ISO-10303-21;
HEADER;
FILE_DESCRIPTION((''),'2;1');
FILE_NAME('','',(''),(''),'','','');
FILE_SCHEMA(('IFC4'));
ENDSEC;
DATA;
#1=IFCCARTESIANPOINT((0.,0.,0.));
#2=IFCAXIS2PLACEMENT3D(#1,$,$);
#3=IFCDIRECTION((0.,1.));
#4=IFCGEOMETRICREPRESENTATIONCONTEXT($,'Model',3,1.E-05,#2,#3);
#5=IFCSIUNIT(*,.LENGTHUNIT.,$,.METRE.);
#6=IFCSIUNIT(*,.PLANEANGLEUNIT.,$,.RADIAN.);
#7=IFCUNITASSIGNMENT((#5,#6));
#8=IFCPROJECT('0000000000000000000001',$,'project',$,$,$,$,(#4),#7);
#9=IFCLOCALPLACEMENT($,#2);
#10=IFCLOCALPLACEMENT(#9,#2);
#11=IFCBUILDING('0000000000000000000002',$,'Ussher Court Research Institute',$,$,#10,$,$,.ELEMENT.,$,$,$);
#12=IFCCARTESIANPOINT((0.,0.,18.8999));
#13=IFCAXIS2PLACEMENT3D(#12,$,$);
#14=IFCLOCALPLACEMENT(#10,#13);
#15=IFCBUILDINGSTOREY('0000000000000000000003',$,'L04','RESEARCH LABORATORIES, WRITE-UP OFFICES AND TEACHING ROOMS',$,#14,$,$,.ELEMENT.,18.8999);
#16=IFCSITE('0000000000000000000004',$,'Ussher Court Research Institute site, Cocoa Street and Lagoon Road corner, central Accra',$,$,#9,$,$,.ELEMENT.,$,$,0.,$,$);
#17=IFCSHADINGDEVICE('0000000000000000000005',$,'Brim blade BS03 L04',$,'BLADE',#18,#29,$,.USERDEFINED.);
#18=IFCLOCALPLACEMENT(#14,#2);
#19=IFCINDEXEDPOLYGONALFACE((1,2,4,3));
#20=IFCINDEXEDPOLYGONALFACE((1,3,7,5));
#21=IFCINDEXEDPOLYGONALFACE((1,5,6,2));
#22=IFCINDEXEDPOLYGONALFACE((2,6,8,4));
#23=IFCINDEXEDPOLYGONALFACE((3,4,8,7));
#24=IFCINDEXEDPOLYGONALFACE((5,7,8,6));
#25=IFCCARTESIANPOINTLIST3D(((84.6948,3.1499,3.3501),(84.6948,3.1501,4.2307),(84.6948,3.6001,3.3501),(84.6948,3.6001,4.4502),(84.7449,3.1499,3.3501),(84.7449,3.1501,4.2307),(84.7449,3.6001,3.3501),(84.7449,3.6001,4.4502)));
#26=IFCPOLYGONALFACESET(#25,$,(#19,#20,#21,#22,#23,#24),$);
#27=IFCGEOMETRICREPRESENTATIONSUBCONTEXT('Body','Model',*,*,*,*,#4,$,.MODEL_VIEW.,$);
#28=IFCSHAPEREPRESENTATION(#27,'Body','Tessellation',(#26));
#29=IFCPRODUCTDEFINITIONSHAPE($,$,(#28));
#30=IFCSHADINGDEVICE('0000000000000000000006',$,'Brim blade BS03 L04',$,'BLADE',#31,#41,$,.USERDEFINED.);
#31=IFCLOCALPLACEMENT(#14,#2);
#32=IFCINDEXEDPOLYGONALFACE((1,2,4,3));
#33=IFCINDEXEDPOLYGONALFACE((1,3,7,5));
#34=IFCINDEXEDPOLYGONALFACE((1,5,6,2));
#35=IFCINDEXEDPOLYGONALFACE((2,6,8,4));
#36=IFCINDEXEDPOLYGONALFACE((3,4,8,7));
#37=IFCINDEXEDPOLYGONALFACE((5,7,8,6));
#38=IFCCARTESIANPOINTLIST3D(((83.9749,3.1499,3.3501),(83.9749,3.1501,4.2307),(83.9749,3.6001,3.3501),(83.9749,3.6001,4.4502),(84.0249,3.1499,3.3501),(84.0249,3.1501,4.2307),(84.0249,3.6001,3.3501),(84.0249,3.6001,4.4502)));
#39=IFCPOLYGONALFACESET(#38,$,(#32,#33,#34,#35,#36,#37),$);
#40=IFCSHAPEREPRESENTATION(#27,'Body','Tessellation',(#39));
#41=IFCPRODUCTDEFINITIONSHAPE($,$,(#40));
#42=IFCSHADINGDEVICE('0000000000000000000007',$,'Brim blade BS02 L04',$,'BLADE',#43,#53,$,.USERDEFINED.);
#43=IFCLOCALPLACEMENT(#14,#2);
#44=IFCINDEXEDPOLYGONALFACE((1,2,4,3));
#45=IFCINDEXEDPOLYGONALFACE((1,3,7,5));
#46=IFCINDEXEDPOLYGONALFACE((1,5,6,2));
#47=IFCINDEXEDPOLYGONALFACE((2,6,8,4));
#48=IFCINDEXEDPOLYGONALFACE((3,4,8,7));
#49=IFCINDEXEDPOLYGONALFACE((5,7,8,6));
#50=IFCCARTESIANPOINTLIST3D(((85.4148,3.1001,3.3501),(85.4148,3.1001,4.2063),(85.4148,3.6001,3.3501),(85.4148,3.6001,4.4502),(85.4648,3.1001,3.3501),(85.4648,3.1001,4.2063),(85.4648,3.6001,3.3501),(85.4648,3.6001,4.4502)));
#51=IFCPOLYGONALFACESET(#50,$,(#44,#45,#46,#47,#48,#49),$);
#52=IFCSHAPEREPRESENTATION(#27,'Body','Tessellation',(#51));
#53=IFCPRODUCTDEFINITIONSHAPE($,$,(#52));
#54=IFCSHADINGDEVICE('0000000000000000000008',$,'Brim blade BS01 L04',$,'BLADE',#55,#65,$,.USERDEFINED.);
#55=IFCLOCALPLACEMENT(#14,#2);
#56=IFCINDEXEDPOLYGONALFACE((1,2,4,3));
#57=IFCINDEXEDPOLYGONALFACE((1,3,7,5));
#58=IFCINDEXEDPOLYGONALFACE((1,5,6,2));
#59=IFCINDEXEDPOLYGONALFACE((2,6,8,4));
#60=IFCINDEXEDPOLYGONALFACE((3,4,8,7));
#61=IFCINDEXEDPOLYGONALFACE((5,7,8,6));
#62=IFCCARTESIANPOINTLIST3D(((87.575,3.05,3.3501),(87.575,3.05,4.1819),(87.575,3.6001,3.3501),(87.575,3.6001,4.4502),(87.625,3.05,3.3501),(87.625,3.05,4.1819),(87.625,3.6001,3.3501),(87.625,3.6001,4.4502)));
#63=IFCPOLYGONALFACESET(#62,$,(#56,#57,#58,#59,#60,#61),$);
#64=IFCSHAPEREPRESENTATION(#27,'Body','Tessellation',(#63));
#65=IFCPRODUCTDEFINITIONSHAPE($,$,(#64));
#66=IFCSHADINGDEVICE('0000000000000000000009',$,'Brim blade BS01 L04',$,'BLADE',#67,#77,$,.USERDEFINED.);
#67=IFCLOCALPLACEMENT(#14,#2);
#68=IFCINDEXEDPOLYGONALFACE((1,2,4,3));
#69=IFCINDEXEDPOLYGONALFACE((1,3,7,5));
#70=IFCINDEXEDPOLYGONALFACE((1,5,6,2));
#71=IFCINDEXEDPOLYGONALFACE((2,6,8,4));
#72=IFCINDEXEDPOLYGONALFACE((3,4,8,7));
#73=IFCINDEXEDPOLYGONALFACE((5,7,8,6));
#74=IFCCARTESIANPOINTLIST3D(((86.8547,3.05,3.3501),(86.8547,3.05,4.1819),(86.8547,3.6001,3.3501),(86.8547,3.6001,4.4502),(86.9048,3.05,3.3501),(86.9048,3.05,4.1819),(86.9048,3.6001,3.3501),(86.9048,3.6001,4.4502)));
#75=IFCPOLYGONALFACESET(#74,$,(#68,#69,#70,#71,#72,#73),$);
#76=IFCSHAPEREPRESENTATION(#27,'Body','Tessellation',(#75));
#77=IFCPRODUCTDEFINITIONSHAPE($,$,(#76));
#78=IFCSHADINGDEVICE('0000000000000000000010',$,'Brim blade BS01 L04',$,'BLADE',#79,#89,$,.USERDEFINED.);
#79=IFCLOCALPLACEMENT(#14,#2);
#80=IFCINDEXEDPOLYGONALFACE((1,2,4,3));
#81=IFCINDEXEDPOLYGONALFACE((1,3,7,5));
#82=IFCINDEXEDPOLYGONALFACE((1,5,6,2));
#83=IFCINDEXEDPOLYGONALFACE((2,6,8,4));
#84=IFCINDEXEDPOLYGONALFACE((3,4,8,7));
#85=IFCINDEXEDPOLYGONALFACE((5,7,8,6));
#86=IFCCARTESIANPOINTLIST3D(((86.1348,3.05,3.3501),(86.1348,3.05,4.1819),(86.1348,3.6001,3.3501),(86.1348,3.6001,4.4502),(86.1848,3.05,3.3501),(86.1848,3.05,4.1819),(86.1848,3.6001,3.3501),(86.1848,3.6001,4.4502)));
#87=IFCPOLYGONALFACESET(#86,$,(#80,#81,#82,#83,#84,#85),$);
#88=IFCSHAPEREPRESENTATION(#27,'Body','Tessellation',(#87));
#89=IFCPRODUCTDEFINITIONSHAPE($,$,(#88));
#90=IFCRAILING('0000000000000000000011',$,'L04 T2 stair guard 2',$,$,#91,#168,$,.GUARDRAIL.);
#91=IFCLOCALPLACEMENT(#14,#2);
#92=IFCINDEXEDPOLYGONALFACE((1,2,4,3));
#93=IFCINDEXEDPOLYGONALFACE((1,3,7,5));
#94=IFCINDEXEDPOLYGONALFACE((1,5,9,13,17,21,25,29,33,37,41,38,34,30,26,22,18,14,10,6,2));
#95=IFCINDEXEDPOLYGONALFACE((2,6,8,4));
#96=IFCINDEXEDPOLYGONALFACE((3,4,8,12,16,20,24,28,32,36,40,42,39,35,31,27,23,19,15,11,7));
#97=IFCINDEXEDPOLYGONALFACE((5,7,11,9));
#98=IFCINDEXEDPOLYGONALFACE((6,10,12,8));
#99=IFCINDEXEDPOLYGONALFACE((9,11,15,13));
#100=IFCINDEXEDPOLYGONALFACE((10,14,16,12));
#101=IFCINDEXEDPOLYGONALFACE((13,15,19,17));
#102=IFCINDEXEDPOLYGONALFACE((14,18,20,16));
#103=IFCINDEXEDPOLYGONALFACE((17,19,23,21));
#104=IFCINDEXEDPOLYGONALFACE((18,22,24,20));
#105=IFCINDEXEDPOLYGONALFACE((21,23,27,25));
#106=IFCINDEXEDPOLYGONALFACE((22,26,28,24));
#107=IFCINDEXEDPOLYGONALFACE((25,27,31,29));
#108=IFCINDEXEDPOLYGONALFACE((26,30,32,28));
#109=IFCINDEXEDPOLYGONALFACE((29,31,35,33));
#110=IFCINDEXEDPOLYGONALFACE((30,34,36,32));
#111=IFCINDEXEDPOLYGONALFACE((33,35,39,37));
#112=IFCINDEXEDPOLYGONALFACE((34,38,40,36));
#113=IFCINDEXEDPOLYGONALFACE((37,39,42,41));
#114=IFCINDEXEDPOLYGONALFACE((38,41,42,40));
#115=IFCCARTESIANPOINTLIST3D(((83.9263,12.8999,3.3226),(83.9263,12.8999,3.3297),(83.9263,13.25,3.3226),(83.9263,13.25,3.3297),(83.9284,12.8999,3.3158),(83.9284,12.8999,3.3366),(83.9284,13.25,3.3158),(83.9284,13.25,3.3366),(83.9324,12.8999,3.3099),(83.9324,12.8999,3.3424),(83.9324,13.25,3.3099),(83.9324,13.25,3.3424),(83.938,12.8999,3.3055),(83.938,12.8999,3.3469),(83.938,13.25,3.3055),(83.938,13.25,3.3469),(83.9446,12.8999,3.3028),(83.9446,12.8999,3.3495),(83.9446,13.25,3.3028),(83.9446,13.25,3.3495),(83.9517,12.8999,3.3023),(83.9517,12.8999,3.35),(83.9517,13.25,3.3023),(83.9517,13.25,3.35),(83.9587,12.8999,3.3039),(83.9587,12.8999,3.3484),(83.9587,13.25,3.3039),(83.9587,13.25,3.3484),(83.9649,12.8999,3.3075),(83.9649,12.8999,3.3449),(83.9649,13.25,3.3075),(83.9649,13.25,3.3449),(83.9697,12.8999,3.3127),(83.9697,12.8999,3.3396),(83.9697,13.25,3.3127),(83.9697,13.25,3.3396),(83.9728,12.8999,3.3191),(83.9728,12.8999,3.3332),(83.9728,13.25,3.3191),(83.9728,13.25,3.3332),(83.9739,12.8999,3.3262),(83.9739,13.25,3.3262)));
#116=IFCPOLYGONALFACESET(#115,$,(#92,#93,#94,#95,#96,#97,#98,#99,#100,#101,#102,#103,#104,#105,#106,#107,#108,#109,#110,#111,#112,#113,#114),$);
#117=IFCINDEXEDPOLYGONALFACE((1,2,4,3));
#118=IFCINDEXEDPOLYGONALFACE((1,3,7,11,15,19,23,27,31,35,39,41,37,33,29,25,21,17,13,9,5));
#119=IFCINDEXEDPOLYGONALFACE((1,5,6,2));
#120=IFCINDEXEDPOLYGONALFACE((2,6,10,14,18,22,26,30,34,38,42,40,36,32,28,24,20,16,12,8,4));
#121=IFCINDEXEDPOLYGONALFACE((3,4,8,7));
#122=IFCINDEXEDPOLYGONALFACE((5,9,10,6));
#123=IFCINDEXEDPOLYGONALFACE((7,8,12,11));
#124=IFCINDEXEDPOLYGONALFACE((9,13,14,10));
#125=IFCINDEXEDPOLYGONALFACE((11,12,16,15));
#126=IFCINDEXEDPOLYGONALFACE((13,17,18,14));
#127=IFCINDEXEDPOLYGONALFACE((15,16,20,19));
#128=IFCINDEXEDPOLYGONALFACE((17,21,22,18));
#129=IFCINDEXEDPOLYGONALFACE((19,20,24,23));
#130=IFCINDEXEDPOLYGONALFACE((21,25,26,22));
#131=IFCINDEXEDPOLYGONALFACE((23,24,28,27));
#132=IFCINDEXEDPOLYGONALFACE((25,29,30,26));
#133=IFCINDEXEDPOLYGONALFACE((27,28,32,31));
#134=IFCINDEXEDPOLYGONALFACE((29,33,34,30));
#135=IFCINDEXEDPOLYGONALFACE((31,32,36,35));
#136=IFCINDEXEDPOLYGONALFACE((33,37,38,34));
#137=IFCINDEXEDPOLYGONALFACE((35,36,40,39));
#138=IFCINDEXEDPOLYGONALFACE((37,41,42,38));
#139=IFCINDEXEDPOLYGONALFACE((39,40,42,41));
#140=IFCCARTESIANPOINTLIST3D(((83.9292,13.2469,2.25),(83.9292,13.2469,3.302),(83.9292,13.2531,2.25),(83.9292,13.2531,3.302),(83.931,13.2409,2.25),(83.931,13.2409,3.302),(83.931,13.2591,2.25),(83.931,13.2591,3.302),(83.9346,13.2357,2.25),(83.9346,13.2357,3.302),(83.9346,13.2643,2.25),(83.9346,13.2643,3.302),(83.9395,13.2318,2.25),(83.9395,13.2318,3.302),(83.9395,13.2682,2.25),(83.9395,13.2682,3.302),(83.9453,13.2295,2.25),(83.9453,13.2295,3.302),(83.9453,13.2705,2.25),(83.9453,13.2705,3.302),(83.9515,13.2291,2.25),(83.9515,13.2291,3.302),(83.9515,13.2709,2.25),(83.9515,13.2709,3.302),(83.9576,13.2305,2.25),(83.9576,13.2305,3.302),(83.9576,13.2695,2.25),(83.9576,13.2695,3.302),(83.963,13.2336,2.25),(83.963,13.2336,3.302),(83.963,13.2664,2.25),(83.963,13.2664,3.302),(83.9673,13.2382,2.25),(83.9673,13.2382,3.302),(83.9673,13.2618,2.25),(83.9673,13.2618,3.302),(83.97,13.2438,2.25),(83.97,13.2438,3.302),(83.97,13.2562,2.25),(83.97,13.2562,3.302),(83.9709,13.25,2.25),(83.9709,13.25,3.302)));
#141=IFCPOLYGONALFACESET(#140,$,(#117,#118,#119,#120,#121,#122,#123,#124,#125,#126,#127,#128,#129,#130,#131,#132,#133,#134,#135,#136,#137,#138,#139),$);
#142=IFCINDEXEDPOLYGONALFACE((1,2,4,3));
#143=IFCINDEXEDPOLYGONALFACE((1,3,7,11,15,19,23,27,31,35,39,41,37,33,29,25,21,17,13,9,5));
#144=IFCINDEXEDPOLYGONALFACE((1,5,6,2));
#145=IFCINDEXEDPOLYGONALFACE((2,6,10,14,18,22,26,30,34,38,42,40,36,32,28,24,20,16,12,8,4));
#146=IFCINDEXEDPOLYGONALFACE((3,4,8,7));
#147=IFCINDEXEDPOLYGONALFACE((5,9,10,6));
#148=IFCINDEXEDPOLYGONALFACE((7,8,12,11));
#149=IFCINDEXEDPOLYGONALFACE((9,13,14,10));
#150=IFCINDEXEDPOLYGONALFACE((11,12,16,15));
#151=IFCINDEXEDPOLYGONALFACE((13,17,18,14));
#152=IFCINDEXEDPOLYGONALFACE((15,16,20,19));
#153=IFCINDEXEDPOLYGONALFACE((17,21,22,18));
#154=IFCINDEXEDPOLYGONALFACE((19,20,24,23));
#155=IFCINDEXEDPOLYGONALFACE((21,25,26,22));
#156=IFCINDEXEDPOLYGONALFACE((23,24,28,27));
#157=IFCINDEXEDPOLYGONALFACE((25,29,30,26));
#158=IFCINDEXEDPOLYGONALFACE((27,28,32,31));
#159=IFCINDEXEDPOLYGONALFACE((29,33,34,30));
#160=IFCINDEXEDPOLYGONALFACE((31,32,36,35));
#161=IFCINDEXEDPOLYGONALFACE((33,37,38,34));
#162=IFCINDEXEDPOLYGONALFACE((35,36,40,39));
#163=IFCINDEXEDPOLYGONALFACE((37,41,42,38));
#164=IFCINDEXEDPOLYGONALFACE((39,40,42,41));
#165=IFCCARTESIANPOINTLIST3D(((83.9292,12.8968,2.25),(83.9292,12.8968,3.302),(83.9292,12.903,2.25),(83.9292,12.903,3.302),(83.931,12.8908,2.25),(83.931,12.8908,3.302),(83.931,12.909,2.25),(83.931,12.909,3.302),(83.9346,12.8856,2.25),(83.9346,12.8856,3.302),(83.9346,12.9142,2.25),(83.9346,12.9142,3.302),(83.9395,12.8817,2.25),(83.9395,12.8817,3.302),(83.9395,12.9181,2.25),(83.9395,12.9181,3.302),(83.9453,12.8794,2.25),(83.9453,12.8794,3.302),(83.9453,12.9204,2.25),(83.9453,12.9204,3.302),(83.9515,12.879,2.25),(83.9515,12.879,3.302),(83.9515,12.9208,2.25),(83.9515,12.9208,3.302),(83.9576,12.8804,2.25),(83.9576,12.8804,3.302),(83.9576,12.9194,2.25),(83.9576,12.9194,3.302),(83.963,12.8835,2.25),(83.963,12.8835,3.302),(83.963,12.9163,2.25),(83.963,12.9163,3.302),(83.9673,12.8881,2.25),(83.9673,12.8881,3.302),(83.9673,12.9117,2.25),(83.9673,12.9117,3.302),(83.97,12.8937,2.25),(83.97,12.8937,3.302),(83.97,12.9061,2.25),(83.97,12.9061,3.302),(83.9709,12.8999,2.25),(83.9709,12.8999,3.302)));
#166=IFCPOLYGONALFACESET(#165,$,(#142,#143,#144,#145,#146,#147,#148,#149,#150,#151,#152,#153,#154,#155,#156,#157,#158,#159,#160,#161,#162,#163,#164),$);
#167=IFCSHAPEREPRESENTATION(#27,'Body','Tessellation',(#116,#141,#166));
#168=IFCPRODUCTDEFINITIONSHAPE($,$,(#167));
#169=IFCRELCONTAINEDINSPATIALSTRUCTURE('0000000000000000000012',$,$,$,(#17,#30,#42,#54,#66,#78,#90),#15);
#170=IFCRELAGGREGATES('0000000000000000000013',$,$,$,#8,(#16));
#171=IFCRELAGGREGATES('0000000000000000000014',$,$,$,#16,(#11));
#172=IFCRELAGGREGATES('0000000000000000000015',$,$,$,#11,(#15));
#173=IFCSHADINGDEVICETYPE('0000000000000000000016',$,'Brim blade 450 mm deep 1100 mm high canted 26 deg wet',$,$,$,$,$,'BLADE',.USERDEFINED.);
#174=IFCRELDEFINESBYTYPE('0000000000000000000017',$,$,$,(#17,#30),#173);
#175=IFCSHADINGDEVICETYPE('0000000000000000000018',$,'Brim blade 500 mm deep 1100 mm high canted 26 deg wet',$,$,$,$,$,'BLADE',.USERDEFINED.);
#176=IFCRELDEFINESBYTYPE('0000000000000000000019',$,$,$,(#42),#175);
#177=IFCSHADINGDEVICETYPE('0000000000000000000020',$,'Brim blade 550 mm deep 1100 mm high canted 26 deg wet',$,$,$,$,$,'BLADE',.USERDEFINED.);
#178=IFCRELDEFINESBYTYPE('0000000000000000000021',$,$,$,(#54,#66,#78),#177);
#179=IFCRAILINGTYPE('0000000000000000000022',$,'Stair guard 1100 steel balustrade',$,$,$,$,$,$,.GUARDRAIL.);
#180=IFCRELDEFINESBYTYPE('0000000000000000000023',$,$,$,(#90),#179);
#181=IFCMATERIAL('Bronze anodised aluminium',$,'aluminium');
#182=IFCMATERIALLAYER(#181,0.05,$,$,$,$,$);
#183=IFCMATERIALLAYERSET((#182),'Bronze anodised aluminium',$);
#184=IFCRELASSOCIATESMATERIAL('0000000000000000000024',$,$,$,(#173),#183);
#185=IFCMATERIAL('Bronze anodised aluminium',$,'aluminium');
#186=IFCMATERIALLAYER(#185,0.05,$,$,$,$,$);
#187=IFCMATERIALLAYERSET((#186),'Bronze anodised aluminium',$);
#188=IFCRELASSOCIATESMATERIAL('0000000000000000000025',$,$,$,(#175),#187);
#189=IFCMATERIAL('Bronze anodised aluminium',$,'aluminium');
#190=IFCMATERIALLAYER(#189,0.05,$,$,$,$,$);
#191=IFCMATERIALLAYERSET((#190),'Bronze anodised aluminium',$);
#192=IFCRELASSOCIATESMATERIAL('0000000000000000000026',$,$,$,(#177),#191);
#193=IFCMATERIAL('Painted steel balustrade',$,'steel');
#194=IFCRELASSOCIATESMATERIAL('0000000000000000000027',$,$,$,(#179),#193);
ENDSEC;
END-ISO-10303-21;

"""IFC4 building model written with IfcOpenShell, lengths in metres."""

from ifc_helpers import new_model, si_unit, direction, frame, origin, origin_2d, place, context, subcontext, project, spatial, polyline, circle, outline, extrude, material, layer, layer_set, type_object, element, save


model = new_model("IFC4")

# Units and contexts
model_context = context("Model", 3, precision=1e-05, world=origin(), true_north=direction((0.0, 1.0)))
body_context = subcontext(model_context, "Body", "Model", "MODEL_VIEW")
ifc_project = project(units=[si_unit("LENGTHUNIT", "METRE"), si_unit("PLANEANGLEUNIT", "RADIAN")], contexts=[model_context])

# Site, building, storey
site_placement = place(None, origin())
site = spatial("IfcSite", under=ifc_project, at=site_placement, Name="Ussher Court Research Institute site, Cocoa Street and Lagoon Road corner, central Accra", CompositionType="ELEMENT", RefElevation=0.0)
building_placement = place(site_placement, origin())
building = spatial("IfcBuilding", under=site, at=building_placement, Name="Ussher Court Research Institute", CompositionType="ELEMENT")
storey_placement = place(building_placement, frame((0.0, 0.0, 18.8999)))
storey = spatial("IfcBuildingStorey", under=building, at=storey_placement, Name="L04", Description="RESEARCH LABORATORIES, WRITE-UP OFFICES AND TEACHING ROOMS", CompositionType="ELEMENT", Elevation=18.8999)

# Shading devices
ifc_material_1 = material(Name="Bronze anodised aluminium", Category="aluminium")
ifc_layer_1 = layer(ifc_material_1, 0.05)
ifc_layer_set_1 = layer_set([ifc_layer_1], Name="Bronze anodised aluminium")
shading_device_type_1 = type_object("IfcShadingDeviceType", Name="Brim blade 450 mm deep 1100 mm high canted 26 deg wet", ElementType="BLADE", PredefinedType="USERDEFINED", material=ifc_layer_set_1)
for number, where, z_axis, x_axis, name in (
    (1, (84.72, 3.6001, 3.3501), (0.0, 0.0, 1.0), (0.0, -1.0, 0.0), "Brim blade BS03 L04"),
    (2, (84.0, 3.6001, 3.3501), (0.0, 0.0, 1.0), (0.0, -1.0, 0.0), "Brim blade BS03 L04"),
):
    element("IfcShadingDevice", number, at=place(storey_placement, frame(where, z_axis=z_axis, x_axis=x_axis)), inside=storey, type_object=shading_device_type_1, Name=name, ObjectType="BLADE", PredefinedType="USERDEFINED", context=body_context, shape_type="SweptSolid", body=[
        extrude(outline(polyline([(0.0, 0.0), (0.4502, 0.0), (0.45, 0.8806), (0.0, 1.1001), (0.0, 0.0)])), frame((0.0, 0.0249, 0.0), z_axis=(0.0, -1.0, 0.0), x_axis=(1.0, 0.0, 0.0)), (0.0, 0.0, 1.0), 0.05),
    ])
ifc_material_2 = material(Name="Bronze anodised aluminium", Category="aluminium")
ifc_layer_2 = layer(ifc_material_2, 0.05)
ifc_layer_set_2 = layer_set([ifc_layer_2], Name="Bronze anodised aluminium")
shading_device_type_2 = type_object("IfcShadingDeviceType", Name="Brim blade 500 mm deep 1100 mm high canted 26 deg wet", ElementType="BLADE", PredefinedType="USERDEFINED", material=ifc_layer_set_2)
shading_device_1_placement = place(storey_placement, frame((85.4399, 3.6001, 3.3501), z_axis=(0.0, 0.0, 1.0), x_axis=(0.0, -1.0, 0.0)))
element("IfcShadingDevice", 3, at=shading_device_1_placement, inside=storey, type_object=shading_device_type_2, Name="Brim blade BS02 L04", ObjectType="BLADE", PredefinedType="USERDEFINED", context=body_context, shape_type="SweptSolid", body=[
    extrude(outline(polyline([(0.0, 0.0), (0.5, 0.0), (0.5, 0.8562), (0.0, 1.1001), (0.0, 0.0)])), frame((0.0, 0.0249, 0.0), z_axis=(0.0, -1.0, 0.0), x_axis=(1.0, 0.0, 0.0)), (0.0, 0.0, 1.0), 0.05),
])
ifc_material_3 = material(Name="Bronze anodised aluminium", Category="aluminium")
ifc_layer_3 = layer(ifc_material_3, 0.05)
ifc_layer_set_3 = layer_set([ifc_layer_3], Name="Bronze anodised aluminium")
shading_device_type_3 = type_object("IfcShadingDeviceType", Name="Brim blade 550 mm deep 1100 mm high canted 26 deg wet", ElementType="BLADE", PredefinedType="USERDEFINED", material=ifc_layer_set_3)
for number, where, z_axis, x_axis, name in (
    (4, (87.6001, 3.6001, 3.3501), (0.0, 0.0, 1.0), (0.0, -1.0, 0.0), "Brim blade BS01 L04"),
    (5, (86.8799, 3.6001, 3.3501), (0.0, 0.0, 1.0), (0.0, -1.0, 0.0), "Brim blade BS01 L04"),
    (6, (86.1599, 3.6001, 3.3501), (0.0, 0.0, 1.0), (0.0, -1.0, 0.0), "Brim blade BS01 L04"),
):
    element("IfcShadingDevice", number, at=place(storey_placement, frame(where, z_axis=z_axis, x_axis=x_axis)), inside=storey, type_object=shading_device_type_3, Name=name, ObjectType="BLADE", PredefinedType="USERDEFINED", context=body_context, shape_type="SweptSolid", body=[
        extrude(outline(polyline([(0.0, 0.0), (0.55, 0.0), (0.55, 0.8318), (0.0, 1.1001), (0.0, 0.0)])), frame((0.0, 0.0249, 0.0), z_axis=(0.0, -1.0, 0.0), x_axis=(1.0, 0.0, 0.0)), (0.0, 0.0, 1.0), 0.05),
    ])

# Railing
ifc_material_4 = material(Name="Painted steel balustrade", Category="steel")
railing_type_1 = type_object("IfcRailingType", Name="Stair guard 1100 steel balustrade", PredefinedType="GUARDRAIL", material=ifc_material_4)
railing_1_placement = place(storey_placement, frame((83.95, 13.25, 2.25)))
element("IfcRailing", 7, at=railing_1_placement, inside=storey, type_object=railing_type_1, Name="L04 T2 stair guard 2", PredefinedType="GUARDRAIL", context=body_context, shape_type="SweptSolid", body=[
    extrude(circle(Radius=0.0239, at=origin_2d()), frame((0.0, 0.0, 1.0762), z_axis=(0.0, -1.0, 0.0), x_axis=(1.0, 0.0, 0.0)), (0.0, 0.0, 1.0), 0.3501),
    extrude(circle(Radius=0.021, at=origin_2d()), origin(), (0.0, 0.0, 1.0), 1.052),
    extrude(circle(Radius=0.021, at=origin_2d()), frame((0.0, -0.3501, 0.0)), (0.0, 0.0, 1.0), 1.052),
])

save(model, "model.ifc")
